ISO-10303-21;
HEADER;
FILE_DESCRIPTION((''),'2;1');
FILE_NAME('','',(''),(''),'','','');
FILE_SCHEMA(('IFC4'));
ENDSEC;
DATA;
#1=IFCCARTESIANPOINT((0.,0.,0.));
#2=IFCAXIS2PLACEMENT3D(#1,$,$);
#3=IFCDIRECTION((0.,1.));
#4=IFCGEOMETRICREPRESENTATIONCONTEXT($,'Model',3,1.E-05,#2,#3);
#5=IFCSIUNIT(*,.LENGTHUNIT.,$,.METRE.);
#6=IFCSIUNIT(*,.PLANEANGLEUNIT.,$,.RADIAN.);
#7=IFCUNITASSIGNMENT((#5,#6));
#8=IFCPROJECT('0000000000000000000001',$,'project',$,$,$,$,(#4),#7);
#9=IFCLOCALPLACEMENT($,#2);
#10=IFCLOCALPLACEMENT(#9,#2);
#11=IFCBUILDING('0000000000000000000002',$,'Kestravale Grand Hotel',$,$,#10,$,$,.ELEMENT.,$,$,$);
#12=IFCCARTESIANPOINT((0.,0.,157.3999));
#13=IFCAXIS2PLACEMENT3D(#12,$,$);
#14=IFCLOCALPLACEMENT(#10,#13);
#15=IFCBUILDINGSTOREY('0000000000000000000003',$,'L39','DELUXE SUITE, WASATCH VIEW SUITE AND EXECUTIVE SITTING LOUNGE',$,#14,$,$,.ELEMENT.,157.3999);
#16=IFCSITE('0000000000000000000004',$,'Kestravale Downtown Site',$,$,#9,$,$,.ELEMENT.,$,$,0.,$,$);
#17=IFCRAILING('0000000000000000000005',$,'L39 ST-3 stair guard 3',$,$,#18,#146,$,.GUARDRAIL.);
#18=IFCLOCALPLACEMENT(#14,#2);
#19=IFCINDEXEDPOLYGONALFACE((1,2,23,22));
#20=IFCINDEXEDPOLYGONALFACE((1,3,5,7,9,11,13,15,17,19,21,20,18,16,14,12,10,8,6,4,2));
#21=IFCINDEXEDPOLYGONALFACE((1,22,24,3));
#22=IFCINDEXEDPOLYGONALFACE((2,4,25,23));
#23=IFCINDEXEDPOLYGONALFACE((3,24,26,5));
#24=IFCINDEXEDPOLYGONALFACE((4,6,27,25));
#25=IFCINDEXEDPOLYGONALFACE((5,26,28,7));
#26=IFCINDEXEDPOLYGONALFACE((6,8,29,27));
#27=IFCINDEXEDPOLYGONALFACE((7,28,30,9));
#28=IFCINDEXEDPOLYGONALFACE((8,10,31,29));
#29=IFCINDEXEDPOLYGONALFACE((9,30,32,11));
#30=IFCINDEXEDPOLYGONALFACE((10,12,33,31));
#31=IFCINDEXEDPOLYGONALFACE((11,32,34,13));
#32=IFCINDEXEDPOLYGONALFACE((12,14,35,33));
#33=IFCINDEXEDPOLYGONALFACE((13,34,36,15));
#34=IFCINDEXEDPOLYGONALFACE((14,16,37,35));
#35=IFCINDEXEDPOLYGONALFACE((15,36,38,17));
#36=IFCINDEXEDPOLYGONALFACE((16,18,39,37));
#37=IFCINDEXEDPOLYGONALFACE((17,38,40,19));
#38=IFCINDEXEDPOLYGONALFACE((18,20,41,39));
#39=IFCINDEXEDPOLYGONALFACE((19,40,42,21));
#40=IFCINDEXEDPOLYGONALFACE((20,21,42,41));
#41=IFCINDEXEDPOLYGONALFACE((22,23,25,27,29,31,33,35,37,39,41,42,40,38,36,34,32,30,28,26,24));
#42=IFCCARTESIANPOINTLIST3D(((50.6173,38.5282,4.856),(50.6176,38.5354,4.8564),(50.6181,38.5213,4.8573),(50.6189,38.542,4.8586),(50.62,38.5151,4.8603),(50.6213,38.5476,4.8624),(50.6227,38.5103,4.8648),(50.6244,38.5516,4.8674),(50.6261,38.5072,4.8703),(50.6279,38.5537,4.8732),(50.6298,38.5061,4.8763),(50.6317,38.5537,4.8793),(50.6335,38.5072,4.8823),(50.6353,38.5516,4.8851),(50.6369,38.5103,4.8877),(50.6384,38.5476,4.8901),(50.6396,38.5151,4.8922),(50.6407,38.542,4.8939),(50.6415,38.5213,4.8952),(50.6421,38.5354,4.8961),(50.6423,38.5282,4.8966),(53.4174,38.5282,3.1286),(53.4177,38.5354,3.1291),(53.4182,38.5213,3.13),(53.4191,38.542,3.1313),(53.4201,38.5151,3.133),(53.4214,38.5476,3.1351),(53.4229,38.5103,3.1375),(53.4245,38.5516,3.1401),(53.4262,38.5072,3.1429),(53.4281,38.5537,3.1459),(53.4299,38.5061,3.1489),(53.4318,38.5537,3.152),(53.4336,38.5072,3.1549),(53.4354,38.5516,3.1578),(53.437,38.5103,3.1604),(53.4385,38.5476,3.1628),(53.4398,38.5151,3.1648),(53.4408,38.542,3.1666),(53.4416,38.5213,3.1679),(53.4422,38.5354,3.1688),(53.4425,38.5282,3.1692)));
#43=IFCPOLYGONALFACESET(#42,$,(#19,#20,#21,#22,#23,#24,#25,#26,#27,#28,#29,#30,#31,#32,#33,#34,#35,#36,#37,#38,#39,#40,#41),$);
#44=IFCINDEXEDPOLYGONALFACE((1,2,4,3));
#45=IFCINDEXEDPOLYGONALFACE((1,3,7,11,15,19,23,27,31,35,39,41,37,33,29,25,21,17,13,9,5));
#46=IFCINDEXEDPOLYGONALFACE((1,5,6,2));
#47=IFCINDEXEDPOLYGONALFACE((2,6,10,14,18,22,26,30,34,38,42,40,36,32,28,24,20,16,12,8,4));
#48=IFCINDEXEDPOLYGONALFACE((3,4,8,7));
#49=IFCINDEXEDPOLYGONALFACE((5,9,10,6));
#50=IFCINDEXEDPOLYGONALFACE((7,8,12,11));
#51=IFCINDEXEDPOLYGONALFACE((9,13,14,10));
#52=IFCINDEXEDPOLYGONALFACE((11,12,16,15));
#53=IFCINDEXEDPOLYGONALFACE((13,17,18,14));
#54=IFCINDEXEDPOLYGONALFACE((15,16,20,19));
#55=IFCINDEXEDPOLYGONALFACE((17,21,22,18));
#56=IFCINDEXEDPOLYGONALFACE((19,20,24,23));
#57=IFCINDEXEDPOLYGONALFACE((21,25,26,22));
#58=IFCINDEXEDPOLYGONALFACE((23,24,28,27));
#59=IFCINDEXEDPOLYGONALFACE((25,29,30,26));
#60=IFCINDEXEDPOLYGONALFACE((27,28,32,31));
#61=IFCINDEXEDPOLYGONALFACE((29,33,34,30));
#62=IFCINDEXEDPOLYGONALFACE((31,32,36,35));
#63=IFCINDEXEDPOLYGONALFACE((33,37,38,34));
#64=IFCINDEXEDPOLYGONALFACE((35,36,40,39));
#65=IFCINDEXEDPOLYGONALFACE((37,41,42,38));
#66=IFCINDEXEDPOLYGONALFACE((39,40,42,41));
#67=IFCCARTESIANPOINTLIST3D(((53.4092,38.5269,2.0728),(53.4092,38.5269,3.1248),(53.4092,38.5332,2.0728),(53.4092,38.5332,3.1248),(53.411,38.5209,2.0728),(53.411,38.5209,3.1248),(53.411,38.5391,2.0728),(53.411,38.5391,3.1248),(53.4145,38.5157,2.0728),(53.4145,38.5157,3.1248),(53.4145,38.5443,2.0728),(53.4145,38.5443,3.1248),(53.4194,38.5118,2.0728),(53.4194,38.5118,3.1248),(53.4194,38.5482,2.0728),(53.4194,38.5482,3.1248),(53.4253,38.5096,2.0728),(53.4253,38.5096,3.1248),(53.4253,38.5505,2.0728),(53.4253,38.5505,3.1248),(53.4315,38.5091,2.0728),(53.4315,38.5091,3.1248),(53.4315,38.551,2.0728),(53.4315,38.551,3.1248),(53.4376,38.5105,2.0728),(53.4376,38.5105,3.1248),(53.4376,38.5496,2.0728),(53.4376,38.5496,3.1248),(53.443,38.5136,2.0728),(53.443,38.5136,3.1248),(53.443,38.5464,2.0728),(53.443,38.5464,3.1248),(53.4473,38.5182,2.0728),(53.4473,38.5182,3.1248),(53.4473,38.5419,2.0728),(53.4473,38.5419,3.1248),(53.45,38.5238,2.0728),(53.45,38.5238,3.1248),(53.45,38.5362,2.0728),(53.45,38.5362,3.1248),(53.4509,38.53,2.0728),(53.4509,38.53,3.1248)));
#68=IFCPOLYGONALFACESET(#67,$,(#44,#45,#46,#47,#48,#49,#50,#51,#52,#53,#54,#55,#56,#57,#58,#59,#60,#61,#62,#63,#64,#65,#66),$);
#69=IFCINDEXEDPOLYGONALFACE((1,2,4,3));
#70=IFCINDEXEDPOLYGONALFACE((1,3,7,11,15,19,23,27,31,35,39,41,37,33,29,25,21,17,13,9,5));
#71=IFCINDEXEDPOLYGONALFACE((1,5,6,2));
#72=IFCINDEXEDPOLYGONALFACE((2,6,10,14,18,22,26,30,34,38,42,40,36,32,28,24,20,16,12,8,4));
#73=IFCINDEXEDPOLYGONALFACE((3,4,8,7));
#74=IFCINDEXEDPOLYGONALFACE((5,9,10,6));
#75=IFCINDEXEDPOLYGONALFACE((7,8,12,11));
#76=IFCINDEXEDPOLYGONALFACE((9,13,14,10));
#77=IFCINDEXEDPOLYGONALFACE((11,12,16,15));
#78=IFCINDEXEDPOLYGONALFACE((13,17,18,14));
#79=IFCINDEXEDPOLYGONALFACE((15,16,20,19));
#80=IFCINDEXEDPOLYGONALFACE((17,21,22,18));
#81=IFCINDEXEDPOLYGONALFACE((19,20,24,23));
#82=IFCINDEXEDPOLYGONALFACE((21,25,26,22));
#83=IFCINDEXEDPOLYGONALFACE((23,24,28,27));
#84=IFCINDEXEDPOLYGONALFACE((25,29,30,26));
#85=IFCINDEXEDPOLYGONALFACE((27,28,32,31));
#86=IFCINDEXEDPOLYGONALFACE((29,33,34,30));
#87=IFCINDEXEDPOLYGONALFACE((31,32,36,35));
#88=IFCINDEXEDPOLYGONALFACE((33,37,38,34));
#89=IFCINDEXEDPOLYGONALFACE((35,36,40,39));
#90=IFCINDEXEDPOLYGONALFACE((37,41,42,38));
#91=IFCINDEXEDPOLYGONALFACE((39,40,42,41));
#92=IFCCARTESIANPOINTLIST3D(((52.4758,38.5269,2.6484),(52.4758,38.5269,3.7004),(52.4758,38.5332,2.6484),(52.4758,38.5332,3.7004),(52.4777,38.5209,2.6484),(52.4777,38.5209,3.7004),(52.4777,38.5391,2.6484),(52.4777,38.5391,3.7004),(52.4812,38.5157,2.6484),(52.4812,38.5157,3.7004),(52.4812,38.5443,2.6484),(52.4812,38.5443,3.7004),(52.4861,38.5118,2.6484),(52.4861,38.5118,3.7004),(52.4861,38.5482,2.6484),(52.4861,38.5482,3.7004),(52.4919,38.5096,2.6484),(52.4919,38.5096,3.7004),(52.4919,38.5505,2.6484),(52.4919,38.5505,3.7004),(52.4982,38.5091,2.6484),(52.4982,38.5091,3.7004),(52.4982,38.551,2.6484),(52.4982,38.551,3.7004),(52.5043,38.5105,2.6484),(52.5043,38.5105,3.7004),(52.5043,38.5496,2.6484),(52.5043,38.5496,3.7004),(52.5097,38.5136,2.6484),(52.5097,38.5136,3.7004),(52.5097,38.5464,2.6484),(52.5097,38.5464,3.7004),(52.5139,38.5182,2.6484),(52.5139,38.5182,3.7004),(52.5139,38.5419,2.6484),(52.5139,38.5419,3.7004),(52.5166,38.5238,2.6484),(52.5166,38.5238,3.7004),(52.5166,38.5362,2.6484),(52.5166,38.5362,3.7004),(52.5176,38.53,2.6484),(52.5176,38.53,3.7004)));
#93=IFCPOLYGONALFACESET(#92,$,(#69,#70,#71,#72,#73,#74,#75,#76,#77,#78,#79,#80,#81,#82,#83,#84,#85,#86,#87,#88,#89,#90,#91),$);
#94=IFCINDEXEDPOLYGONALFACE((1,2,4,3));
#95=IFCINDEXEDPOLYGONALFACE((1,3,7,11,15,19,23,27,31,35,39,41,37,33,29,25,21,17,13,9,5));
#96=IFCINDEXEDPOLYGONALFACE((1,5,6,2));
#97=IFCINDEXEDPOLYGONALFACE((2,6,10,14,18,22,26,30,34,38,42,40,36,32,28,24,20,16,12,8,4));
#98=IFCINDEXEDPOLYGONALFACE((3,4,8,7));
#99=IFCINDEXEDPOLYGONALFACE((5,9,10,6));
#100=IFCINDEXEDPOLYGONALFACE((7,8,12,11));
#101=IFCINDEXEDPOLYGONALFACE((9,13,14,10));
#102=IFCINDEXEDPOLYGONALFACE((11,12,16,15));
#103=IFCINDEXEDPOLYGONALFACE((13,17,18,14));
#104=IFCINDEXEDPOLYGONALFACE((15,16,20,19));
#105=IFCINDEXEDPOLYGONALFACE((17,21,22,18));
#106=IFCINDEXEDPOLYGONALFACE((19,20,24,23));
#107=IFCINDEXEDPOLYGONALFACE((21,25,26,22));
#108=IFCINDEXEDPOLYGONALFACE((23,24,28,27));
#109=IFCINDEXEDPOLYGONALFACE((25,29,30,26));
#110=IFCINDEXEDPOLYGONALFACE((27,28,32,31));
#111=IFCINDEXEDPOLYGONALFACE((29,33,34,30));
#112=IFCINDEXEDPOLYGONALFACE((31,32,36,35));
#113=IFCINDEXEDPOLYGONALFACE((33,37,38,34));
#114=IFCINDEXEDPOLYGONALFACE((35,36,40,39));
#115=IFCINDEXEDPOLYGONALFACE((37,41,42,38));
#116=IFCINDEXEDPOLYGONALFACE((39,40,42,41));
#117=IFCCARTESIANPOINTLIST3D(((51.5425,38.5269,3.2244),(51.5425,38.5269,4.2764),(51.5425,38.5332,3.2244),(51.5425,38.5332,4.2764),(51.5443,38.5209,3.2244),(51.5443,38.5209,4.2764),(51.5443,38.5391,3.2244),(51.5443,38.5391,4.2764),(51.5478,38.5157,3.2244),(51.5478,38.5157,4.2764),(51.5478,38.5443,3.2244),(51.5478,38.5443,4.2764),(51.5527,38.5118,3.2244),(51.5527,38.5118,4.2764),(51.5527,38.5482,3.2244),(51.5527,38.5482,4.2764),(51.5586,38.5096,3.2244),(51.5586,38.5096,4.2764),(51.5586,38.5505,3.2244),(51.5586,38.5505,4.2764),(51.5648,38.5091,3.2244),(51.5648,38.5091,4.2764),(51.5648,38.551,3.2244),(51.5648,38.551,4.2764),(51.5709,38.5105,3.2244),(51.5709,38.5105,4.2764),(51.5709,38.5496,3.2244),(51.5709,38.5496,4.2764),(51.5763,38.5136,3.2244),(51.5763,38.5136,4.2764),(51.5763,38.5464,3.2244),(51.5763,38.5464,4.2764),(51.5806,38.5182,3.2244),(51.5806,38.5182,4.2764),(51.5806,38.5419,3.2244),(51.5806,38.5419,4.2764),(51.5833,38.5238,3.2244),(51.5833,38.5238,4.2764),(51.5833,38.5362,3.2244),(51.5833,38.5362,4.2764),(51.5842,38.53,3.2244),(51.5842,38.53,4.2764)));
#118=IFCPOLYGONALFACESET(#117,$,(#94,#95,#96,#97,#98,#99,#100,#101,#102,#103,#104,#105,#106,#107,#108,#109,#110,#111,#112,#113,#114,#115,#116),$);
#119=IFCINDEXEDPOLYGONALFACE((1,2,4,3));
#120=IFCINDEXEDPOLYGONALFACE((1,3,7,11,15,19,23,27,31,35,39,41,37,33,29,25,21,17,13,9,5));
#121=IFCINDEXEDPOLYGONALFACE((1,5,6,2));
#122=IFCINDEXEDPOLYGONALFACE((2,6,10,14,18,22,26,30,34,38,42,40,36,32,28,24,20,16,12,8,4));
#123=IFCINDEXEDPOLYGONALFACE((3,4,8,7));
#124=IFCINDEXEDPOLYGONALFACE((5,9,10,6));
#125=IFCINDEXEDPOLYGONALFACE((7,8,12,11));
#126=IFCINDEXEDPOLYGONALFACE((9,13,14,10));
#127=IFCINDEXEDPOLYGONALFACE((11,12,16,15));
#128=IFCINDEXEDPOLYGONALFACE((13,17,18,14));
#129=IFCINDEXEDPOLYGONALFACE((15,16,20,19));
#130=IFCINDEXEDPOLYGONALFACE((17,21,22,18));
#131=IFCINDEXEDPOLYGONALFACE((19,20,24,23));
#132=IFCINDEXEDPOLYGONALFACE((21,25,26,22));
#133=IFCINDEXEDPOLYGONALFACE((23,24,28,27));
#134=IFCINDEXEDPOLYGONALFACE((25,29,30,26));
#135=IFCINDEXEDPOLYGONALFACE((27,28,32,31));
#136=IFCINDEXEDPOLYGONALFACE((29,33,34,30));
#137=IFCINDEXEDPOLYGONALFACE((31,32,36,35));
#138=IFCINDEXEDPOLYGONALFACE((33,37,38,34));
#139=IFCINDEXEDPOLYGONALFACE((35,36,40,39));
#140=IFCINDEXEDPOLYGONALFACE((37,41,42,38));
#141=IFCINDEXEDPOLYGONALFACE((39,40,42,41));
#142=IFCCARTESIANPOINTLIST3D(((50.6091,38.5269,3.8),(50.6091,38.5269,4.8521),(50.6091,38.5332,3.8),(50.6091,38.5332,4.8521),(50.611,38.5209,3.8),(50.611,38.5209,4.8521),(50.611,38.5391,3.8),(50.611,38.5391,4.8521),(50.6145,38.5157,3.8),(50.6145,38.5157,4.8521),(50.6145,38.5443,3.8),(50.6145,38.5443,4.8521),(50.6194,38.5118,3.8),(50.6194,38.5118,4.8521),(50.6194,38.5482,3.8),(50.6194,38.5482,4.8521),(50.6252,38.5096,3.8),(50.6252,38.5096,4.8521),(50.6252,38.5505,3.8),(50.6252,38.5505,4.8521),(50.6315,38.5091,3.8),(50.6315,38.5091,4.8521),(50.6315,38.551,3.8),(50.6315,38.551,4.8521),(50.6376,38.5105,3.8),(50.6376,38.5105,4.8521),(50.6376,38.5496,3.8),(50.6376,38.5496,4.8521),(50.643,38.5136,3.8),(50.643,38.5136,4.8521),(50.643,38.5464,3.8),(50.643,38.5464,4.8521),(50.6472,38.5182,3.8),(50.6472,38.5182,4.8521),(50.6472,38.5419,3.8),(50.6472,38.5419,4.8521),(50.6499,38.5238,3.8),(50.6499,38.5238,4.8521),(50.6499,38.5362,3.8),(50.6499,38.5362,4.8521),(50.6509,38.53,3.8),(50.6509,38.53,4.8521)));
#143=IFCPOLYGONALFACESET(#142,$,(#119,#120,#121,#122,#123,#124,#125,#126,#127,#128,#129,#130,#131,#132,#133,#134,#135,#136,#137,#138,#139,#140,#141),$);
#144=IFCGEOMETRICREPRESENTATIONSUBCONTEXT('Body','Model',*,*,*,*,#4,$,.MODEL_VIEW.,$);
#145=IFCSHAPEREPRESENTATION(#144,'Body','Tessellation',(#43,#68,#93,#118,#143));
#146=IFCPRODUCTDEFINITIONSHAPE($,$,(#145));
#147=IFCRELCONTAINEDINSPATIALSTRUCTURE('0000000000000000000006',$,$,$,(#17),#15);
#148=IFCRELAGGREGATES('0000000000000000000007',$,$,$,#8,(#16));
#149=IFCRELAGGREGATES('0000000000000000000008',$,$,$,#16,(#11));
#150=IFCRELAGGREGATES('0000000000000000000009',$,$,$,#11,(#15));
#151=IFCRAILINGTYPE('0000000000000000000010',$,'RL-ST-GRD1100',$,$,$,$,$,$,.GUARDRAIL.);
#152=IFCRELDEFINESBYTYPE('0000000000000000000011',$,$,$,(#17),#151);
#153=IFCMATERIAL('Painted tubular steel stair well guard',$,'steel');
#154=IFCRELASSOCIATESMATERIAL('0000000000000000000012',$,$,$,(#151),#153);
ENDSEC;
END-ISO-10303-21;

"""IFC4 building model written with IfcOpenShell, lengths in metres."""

from ifc_helpers import new_model, si_unit, direction, frame, origin, origin_2d, place, context, subcontext, project, spatial, circle, extrude, material, type_object, element, save


model = new_model("IFC4")

# Units and contexts
model_context = context("Model", 3, precision=1e-05, world=origin(), true_north=direction((0.0, 1.0)))
body_context = subcontext(model_context, "Body", "Model", "MODEL_VIEW")
ifc_project = project(units=[si_unit("LENGTHUNIT", "METRE"), si_unit("PLANEANGLEUNIT", "RADIAN")], contexts=[model_context])

# Site, building, storey
site_placement = place(None, origin())
site = spatial("IfcSite", under=ifc_project, at=site_placement, Name="Kestravale Downtown Site", CompositionType="ELEMENT", RefElevation=0.0)
building_placement = place(site_placement, origin())
building = spatial("IfcBuilding", under=site, at=building_placement, Name="Kestravale Grand Hotel", CompositionType="ELEMENT")
storey_placement = place(building_placement, frame((0.0, 0.0, 157.3999)))
storey = spatial("IfcBuildingStorey", under=building, at=storey_placement, Name="L39", Description="DELUXE SUITE, WASATCH VIEW SUITE AND EXECUTIVE SITTING LOUNGE", CompositionType="ELEMENT", Elevation=157.3999)

# Railing
ifc_material_1 = material(Name="Painted tubular steel stair well guard", Category="steel")
railing_type_1 = type_object("IfcRailingType", Name="RL-ST-GRD1100", PredefinedType="GUARDRAIL", material=ifc_material_1)
railing_1_placement = place(storey_placement, frame((53.4299, 38.53, 2.0728)))
element("IfcRailing", 1, at=railing_1_placement, inside=storey, type_object=railing_type_1, Name="L39 ST-3 stair guard 3", PredefinedType="GUARDRAIL", context=body_context, shape_type="SweptSolid", body=[
    extrude(circle(Radius=0.0239, at=origin_2d()), frame((0.0, 0.0, 1.0762), z_axis=(-0.85109, 0.0, 0.52502), x_axis=(0.0, -1.0, 0.0)), (0.0, 0.0, 1.0), 3.29),
    extrude(circle(Radius=0.021, at=origin_2d()), origin(), (0.0, 0.0, 1.0), 1.052),
    extrude(circle(Radius=0.021, at=origin_2d()), frame((-0.9333, 0.0, 0.5757)), (0.0, 0.0, 1.0), 1.052),
    extrude(circle(Radius=0.021, at=origin_2d()), frame((-1.8667, 0.0, 1.1516)), (0.0, 0.0, 1.0), 1.052),
    extrude(circle(Radius=0.021, at=origin_2d()), frame((-2.8, 0.0, 1.7273)), (0.0, 0.0, 1.0), 1.052),
])

save(model, "model.ifc")
